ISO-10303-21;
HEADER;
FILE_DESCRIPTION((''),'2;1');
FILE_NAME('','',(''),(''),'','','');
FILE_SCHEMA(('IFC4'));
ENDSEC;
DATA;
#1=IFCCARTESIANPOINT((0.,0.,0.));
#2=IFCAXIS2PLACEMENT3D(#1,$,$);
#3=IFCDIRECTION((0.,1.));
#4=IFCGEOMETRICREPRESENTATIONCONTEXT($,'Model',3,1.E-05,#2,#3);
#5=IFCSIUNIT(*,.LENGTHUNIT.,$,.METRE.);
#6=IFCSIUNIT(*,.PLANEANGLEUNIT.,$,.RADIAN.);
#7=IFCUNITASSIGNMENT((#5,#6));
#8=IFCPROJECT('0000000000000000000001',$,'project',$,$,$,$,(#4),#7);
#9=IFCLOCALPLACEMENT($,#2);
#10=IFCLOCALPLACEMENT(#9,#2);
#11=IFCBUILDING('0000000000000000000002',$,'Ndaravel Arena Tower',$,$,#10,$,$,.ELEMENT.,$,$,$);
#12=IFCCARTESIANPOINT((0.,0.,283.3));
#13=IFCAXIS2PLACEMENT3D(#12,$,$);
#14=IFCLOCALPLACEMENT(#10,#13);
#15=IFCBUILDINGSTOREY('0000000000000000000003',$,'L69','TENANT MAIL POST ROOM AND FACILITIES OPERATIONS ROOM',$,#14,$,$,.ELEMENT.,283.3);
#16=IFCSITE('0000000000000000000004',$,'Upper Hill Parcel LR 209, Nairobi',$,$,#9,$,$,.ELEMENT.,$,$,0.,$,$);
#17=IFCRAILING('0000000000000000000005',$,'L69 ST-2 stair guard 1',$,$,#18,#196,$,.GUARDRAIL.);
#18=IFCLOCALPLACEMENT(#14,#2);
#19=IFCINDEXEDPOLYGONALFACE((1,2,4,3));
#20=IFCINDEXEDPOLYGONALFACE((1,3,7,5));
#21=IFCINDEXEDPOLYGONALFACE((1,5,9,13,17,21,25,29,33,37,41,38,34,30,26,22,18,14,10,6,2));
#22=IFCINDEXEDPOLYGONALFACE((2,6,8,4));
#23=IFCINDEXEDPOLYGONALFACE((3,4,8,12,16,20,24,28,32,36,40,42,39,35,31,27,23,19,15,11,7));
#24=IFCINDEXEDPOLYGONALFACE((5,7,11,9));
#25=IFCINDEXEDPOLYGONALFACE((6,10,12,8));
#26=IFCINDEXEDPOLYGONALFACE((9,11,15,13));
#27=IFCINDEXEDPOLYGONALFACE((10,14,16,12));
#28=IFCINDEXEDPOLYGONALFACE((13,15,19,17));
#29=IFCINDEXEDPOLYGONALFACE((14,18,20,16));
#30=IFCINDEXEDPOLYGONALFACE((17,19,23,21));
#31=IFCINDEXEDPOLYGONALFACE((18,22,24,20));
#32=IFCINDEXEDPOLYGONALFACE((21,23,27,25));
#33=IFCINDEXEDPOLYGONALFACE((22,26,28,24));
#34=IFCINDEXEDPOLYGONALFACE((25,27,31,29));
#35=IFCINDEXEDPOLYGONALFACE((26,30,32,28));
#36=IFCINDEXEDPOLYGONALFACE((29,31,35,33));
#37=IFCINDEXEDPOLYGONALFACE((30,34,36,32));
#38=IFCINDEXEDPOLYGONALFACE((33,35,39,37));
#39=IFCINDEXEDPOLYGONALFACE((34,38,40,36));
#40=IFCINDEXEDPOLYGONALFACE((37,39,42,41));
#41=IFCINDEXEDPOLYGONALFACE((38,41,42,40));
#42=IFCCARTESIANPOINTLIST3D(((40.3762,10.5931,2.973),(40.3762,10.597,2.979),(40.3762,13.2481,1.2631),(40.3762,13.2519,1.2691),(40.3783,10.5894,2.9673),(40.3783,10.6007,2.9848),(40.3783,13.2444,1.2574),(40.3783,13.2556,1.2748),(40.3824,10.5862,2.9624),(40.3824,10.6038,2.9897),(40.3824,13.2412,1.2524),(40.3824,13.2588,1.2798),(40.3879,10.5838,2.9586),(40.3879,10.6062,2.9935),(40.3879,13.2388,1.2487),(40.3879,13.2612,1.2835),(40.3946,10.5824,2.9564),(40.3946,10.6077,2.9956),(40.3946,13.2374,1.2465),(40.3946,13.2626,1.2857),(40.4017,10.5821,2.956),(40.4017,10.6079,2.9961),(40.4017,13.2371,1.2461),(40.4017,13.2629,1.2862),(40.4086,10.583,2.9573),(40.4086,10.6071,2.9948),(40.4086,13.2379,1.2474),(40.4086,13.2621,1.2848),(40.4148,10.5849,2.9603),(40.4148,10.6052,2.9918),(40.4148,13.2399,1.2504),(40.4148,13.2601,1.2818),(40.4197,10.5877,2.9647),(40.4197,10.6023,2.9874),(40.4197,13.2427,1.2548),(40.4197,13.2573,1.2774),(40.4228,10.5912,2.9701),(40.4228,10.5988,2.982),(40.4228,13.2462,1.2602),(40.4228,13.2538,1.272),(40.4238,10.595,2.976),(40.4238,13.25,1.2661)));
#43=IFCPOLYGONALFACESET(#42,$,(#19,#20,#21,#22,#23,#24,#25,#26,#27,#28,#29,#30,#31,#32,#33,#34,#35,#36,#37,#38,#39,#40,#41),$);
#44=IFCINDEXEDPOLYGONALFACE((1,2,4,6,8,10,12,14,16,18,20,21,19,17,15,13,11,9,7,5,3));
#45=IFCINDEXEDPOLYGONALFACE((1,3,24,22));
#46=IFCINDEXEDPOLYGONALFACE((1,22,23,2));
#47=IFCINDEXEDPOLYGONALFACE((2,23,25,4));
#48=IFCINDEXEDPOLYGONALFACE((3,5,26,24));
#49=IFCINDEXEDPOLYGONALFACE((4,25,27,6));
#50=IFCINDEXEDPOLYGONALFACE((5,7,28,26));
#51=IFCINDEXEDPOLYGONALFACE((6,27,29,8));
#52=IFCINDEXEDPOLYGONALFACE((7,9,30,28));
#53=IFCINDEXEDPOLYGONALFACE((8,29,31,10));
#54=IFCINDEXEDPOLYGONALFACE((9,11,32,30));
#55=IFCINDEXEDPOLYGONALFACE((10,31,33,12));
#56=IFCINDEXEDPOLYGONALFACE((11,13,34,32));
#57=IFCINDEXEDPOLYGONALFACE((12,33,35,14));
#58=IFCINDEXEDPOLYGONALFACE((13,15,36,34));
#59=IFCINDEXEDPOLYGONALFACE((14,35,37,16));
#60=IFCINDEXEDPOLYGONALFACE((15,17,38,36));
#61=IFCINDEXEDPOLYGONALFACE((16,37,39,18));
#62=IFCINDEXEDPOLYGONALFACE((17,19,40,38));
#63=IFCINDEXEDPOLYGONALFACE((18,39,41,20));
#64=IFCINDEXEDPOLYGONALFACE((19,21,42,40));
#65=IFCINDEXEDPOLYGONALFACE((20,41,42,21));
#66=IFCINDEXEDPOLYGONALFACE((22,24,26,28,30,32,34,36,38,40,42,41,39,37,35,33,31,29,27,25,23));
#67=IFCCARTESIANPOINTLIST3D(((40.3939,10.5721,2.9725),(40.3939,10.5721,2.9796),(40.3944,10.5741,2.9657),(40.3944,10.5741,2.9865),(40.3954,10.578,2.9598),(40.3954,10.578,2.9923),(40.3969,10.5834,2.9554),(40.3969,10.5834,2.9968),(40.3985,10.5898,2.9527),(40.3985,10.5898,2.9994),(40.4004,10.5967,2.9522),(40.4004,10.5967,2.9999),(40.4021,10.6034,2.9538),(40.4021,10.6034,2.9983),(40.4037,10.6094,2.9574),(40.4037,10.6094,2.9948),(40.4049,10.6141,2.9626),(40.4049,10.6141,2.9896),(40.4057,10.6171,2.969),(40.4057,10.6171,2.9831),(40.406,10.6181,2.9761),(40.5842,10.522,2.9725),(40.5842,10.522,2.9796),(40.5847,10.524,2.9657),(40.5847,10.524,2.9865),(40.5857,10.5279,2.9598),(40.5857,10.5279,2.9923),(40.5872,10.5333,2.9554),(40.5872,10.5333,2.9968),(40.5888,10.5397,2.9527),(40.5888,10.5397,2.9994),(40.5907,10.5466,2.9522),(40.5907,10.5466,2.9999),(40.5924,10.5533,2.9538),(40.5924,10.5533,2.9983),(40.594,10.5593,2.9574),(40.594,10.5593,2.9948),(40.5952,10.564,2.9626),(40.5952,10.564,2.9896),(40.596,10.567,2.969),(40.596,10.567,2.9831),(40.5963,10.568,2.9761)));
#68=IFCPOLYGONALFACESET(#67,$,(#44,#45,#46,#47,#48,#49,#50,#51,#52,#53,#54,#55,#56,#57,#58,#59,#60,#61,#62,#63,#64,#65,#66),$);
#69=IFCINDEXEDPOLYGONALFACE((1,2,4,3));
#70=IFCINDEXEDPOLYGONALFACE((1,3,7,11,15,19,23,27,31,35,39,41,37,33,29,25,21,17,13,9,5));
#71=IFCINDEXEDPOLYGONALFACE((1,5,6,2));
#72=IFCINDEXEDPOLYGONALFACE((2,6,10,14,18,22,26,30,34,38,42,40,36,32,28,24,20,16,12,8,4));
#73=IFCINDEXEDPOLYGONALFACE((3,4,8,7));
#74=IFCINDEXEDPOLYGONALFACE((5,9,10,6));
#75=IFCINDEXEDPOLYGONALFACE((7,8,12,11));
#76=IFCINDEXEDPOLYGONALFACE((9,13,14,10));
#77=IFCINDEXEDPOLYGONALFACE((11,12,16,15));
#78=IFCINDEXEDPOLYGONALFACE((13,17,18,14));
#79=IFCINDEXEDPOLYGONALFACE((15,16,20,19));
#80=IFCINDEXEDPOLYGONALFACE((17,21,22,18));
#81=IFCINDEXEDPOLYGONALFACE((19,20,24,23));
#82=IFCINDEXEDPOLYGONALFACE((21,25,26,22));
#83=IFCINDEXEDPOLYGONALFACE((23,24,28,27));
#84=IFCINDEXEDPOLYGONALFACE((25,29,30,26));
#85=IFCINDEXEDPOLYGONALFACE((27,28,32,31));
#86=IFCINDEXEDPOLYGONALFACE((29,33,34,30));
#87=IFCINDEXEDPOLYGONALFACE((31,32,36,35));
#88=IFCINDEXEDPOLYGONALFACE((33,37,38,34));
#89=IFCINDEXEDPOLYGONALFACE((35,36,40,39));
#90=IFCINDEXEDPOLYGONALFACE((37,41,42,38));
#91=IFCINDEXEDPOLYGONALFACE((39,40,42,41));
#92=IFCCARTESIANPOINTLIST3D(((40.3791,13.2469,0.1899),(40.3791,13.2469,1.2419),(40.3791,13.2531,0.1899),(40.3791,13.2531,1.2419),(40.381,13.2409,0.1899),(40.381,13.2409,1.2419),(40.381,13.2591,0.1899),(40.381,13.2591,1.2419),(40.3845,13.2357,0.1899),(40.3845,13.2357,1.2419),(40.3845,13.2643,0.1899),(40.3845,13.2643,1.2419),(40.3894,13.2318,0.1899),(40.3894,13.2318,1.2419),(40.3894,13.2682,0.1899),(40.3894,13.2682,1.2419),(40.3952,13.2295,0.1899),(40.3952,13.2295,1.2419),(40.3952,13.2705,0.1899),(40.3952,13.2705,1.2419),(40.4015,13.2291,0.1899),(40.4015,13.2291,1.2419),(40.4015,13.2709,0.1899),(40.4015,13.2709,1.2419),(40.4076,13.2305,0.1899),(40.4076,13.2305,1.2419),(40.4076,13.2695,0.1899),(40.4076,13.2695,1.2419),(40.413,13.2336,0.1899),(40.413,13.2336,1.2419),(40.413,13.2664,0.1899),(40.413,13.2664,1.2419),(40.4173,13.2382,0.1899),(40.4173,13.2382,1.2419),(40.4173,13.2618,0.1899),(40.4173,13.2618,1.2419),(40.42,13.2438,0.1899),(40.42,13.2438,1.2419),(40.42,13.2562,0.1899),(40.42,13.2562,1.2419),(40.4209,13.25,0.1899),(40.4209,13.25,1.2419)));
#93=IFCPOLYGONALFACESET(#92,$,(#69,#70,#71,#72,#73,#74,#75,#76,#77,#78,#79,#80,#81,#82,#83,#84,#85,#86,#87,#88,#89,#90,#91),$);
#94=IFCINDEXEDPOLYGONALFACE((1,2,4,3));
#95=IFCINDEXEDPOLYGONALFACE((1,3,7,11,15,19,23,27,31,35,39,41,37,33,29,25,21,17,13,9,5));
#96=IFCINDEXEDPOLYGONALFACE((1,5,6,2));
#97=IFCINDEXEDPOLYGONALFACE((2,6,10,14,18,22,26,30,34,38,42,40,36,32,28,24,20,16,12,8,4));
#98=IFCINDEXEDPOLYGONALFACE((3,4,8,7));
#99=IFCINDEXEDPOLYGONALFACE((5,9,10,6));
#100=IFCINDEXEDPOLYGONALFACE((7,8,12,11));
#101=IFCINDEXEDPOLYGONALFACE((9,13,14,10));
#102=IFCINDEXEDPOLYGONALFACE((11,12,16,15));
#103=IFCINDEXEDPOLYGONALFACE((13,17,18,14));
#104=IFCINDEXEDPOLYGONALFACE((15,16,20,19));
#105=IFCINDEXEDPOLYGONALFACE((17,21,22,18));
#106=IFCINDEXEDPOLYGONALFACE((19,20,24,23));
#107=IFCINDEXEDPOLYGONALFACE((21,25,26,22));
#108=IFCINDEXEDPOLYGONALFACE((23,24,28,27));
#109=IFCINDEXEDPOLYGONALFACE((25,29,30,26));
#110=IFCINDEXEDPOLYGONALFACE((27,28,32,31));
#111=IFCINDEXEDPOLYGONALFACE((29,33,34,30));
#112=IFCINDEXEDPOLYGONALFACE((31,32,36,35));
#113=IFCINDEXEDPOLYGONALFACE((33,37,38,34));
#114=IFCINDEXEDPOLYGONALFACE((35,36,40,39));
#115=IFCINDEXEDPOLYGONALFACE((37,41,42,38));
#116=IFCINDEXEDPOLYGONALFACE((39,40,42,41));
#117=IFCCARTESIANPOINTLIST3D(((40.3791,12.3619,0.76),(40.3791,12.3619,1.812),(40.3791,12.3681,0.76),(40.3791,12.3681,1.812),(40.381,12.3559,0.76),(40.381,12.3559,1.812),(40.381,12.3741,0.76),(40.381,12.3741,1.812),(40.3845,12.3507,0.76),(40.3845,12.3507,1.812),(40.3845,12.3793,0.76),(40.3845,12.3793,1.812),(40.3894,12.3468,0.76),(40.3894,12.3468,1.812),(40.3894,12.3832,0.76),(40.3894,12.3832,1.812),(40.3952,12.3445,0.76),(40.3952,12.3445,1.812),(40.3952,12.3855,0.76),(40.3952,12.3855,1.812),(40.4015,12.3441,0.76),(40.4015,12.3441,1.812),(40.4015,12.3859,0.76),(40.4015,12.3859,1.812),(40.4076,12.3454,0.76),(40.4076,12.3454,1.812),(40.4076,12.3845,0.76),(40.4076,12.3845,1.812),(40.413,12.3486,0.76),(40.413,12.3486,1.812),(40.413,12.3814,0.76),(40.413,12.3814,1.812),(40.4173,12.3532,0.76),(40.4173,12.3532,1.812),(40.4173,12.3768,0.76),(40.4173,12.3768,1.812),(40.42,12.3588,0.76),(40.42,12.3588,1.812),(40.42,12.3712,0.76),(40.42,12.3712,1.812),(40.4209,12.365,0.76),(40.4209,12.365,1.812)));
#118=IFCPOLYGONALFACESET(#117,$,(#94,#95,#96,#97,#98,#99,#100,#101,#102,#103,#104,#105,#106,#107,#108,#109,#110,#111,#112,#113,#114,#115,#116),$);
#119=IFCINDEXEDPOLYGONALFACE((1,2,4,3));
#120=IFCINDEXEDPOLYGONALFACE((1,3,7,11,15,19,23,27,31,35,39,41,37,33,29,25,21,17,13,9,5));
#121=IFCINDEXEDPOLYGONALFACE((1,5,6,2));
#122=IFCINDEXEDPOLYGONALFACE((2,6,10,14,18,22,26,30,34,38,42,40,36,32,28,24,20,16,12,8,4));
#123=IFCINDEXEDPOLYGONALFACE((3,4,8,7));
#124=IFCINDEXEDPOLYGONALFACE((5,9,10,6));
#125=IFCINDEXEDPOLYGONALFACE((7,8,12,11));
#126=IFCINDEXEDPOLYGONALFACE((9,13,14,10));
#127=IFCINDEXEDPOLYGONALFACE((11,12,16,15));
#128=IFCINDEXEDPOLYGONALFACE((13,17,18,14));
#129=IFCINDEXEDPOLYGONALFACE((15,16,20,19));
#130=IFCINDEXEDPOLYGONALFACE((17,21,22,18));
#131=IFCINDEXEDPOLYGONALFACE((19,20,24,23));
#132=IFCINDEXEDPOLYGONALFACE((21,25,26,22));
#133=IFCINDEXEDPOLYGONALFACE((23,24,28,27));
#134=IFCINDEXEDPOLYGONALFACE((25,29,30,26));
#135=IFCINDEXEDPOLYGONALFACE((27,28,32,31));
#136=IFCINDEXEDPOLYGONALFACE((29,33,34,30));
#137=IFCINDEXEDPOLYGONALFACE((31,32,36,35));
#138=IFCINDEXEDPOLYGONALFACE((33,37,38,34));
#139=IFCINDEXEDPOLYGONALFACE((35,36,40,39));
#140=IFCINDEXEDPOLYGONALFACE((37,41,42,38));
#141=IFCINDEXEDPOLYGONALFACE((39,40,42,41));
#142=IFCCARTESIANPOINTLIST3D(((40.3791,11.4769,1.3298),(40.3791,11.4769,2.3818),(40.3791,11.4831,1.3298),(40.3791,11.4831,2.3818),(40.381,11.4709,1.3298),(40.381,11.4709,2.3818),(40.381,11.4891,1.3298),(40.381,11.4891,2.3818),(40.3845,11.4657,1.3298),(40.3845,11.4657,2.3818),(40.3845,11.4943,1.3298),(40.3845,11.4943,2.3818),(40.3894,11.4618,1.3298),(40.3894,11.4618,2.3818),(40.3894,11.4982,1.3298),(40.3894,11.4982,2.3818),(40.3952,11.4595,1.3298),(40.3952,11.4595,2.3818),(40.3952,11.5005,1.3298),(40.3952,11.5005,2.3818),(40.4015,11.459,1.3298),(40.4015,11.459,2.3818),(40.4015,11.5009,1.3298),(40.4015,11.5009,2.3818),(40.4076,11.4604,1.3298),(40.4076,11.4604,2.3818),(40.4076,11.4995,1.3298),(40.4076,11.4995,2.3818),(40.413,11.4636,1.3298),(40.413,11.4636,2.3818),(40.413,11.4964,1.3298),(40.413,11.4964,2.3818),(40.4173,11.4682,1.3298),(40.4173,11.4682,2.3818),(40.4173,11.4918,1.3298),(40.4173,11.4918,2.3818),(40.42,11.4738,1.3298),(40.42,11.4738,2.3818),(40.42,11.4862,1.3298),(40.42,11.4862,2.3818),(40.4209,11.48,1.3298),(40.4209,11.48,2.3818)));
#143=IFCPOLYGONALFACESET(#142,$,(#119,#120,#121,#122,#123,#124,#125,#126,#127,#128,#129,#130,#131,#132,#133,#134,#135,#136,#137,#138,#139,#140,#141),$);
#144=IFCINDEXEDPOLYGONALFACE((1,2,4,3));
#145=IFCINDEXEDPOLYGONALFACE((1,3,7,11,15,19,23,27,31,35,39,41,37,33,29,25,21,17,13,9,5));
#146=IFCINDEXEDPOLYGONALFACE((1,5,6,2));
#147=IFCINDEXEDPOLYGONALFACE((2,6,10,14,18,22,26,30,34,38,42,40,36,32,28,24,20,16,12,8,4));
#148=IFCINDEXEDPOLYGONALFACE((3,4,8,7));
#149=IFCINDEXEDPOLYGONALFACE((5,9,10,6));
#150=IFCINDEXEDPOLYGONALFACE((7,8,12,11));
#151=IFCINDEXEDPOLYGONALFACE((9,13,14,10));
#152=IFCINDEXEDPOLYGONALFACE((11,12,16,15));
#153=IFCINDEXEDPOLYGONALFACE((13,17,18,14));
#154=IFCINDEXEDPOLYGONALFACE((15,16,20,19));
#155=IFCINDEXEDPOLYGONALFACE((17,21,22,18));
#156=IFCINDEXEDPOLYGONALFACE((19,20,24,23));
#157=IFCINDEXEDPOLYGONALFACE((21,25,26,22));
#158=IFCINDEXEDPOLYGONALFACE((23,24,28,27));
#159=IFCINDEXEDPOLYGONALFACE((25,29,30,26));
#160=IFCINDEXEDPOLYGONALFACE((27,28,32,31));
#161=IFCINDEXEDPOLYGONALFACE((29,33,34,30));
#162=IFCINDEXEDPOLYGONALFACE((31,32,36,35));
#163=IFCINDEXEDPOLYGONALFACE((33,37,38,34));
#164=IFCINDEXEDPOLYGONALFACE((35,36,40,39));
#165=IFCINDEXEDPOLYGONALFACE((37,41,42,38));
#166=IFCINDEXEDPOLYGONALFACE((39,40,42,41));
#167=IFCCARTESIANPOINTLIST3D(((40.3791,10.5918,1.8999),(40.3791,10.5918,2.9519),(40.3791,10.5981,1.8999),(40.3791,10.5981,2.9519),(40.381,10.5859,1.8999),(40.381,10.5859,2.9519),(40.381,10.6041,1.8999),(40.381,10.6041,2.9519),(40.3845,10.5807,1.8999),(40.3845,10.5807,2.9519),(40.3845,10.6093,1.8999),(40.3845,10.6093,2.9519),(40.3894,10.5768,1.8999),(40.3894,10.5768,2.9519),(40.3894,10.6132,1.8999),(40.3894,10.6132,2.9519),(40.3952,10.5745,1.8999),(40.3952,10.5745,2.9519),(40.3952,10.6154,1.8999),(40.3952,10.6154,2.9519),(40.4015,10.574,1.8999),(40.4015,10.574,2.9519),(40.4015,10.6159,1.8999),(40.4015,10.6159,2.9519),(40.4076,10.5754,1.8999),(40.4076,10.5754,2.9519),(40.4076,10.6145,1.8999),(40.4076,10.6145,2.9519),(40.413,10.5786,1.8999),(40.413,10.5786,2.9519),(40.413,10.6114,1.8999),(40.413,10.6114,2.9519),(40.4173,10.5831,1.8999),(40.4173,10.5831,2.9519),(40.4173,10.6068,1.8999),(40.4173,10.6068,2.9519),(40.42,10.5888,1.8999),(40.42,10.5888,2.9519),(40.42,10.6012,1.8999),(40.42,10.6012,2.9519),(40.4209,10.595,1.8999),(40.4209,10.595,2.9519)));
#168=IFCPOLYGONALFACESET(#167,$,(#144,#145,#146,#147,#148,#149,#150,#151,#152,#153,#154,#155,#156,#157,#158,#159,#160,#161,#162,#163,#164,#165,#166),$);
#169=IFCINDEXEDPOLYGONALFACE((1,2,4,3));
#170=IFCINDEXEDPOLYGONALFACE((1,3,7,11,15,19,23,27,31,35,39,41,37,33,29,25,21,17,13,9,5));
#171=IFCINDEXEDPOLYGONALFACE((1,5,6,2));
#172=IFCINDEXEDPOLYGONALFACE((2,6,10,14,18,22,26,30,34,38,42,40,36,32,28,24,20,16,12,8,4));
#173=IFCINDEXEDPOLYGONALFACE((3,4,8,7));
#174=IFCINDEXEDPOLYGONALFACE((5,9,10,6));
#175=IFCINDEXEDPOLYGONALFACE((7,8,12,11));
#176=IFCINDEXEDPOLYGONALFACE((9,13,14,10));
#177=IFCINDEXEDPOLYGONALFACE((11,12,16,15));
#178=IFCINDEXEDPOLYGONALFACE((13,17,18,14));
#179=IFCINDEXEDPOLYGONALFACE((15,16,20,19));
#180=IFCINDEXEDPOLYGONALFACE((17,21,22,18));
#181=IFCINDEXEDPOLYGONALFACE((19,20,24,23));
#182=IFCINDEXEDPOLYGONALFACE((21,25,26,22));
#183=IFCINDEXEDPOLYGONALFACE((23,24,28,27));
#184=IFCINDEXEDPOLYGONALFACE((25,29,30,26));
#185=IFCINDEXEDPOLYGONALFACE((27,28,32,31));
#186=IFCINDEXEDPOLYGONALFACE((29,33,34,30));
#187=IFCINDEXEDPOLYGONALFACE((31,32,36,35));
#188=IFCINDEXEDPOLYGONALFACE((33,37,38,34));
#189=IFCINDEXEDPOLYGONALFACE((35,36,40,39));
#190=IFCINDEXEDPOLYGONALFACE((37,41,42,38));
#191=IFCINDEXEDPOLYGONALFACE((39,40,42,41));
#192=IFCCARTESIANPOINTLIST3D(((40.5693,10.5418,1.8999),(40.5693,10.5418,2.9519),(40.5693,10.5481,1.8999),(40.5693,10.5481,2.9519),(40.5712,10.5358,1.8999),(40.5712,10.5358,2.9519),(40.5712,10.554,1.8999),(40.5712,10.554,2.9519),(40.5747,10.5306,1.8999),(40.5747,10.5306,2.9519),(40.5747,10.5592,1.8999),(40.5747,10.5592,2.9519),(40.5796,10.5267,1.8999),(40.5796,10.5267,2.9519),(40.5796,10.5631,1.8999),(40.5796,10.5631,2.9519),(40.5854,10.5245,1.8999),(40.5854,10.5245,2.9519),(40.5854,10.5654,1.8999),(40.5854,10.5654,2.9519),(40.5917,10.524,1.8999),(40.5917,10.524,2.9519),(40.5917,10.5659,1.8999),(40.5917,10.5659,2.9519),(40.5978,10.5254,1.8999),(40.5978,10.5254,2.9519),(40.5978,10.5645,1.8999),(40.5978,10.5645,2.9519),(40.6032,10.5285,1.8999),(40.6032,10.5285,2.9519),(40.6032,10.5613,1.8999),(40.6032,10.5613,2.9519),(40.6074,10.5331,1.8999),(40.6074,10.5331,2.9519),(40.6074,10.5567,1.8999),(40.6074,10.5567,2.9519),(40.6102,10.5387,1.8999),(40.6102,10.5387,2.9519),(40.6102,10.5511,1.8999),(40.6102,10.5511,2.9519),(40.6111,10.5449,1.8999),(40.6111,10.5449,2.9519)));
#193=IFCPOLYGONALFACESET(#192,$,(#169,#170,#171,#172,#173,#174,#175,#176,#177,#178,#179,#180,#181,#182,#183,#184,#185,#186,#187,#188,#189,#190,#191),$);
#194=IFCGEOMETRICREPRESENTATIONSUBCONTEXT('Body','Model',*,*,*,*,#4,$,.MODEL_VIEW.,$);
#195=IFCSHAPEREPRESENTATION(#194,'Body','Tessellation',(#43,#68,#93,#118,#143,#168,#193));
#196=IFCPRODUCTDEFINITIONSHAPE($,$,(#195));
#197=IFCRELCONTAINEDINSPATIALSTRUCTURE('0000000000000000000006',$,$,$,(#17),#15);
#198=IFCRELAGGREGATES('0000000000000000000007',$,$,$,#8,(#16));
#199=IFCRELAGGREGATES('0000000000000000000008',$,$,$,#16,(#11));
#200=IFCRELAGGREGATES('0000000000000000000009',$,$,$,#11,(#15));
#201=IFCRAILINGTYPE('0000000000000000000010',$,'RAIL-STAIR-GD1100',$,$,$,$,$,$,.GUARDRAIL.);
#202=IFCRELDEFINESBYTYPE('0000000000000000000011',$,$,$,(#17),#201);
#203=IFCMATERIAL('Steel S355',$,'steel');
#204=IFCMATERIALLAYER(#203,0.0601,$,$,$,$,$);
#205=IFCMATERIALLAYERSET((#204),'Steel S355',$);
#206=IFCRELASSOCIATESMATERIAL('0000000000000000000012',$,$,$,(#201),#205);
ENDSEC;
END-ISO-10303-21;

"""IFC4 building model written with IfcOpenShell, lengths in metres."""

from ifc_helpers import new_model, si_unit, direction, frame, origin, origin_2d, place, context, subcontext, project, spatial, circle, extrude, material, layer, layer_set, type_object, element, save


model = new_model("IFC4")

# Units and contexts
model_context = context("Model", 3, precision=1e-05, world=origin(), true_north=direction((0.0, 1.0)))
body_context = subcontext(model_context, "Body", "Model", "MODEL_VIEW")
ifc_project = project(units=[si_unit("LENGTHUNIT", "METRE"), si_unit("PLANEANGLEUNIT", "RADIAN")], contexts=[model_context])

# Site, building, storey
site_placement = place(None, origin())
site = spatial("IfcSite", under=ifc_project, at=site_placement, Name="Upper Hill Parcel LR 209, Nairobi", CompositionType="ELEMENT", RefElevation=0.0)
building_placement = place(site_placement, origin())
building = spatial("IfcBuilding", under=site, at=building_placement, Name="Ndaravel Arena Tower", CompositionType="ELEMENT")
storey_placement = place(building_placement, frame((0.0, 0.0, 283.3)))
storey = spatial("IfcBuildingStorey", under=building, at=storey_placement, Name="L69", Description="TENANT MAIL POST ROOM AND FACILITIES OPERATIONS ROOM", CompositionType="ELEMENT", Elevation=283.3)

# Railing
ifc_material_1 = material(Name="Steel S355", Category="steel")
ifc_layer_1 = layer(ifc_material_1, 0.0601)
ifc_layer_set_1 = layer_set([ifc_layer_1], Name="Steel S355")
railing_type_1 = type_object("IfcRailingType", Name="RAIL-STAIR-GD1100", PredefinedType="GUARDRAIL", material=ifc_layer_set_1)
railing_1_placement = place(storey_placement, frame((40.3999, 13.25, 0.1899)))
element("IfcRailing", 1, at=railing_1_placement, inside=storey, type_object=railing_type_1, Name="L69 ST-2 stair guard 1", PredefinedType="GUARDRAIL", context=body_context, shape_type="SweptSolid", body=[
    extrude(circle(Radius=0.0239, at=origin_2d()), frame((0.0, 0.0, 1.0762), z_axis=(0.0, -0.840724, 0.541465), x_axis=(1.0, 0.0, 0.0)), (0.0, 0.0, 1.0), 3.158),
    extrude(circle(Radius=0.0239, at=origin_2d()), frame((0.0, -2.655, 2.7861), z_axis=(0.967075, -0.254493, 0.0), x_axis=(0.254493, 0.967075, 0.0)), (0.0, 0.0, 1.0), 0.1968),
    extrude(circle(Radius=0.021, at=origin_2d()), origin(), (0.0, 0.0, 1.0), 1.052),
    extrude(circle(Radius=0.021, at=origin_2d()), frame((0.0, -0.885, 0.5701)), (0.0, 0.0, 1.0), 1.052),
    extrude(circle(Radius=0.021, at=origin_2d()), frame((0.0, -1.77, 1.1399)), (0.0, 0.0, 1.0), 1.052),
    extrude(circle(Radius=0.021, at=origin_2d()), frame((0.0, -2.655, 1.71)), (0.0, 0.0, 1.0), 1.052),
    extrude(circle(Radius=0.021, at=origin_2d()), frame((0.1902, -2.7051, 1.71)), (0.0, 0.0, 1.0), 1.052),
])

save(model, "model.ifc")
